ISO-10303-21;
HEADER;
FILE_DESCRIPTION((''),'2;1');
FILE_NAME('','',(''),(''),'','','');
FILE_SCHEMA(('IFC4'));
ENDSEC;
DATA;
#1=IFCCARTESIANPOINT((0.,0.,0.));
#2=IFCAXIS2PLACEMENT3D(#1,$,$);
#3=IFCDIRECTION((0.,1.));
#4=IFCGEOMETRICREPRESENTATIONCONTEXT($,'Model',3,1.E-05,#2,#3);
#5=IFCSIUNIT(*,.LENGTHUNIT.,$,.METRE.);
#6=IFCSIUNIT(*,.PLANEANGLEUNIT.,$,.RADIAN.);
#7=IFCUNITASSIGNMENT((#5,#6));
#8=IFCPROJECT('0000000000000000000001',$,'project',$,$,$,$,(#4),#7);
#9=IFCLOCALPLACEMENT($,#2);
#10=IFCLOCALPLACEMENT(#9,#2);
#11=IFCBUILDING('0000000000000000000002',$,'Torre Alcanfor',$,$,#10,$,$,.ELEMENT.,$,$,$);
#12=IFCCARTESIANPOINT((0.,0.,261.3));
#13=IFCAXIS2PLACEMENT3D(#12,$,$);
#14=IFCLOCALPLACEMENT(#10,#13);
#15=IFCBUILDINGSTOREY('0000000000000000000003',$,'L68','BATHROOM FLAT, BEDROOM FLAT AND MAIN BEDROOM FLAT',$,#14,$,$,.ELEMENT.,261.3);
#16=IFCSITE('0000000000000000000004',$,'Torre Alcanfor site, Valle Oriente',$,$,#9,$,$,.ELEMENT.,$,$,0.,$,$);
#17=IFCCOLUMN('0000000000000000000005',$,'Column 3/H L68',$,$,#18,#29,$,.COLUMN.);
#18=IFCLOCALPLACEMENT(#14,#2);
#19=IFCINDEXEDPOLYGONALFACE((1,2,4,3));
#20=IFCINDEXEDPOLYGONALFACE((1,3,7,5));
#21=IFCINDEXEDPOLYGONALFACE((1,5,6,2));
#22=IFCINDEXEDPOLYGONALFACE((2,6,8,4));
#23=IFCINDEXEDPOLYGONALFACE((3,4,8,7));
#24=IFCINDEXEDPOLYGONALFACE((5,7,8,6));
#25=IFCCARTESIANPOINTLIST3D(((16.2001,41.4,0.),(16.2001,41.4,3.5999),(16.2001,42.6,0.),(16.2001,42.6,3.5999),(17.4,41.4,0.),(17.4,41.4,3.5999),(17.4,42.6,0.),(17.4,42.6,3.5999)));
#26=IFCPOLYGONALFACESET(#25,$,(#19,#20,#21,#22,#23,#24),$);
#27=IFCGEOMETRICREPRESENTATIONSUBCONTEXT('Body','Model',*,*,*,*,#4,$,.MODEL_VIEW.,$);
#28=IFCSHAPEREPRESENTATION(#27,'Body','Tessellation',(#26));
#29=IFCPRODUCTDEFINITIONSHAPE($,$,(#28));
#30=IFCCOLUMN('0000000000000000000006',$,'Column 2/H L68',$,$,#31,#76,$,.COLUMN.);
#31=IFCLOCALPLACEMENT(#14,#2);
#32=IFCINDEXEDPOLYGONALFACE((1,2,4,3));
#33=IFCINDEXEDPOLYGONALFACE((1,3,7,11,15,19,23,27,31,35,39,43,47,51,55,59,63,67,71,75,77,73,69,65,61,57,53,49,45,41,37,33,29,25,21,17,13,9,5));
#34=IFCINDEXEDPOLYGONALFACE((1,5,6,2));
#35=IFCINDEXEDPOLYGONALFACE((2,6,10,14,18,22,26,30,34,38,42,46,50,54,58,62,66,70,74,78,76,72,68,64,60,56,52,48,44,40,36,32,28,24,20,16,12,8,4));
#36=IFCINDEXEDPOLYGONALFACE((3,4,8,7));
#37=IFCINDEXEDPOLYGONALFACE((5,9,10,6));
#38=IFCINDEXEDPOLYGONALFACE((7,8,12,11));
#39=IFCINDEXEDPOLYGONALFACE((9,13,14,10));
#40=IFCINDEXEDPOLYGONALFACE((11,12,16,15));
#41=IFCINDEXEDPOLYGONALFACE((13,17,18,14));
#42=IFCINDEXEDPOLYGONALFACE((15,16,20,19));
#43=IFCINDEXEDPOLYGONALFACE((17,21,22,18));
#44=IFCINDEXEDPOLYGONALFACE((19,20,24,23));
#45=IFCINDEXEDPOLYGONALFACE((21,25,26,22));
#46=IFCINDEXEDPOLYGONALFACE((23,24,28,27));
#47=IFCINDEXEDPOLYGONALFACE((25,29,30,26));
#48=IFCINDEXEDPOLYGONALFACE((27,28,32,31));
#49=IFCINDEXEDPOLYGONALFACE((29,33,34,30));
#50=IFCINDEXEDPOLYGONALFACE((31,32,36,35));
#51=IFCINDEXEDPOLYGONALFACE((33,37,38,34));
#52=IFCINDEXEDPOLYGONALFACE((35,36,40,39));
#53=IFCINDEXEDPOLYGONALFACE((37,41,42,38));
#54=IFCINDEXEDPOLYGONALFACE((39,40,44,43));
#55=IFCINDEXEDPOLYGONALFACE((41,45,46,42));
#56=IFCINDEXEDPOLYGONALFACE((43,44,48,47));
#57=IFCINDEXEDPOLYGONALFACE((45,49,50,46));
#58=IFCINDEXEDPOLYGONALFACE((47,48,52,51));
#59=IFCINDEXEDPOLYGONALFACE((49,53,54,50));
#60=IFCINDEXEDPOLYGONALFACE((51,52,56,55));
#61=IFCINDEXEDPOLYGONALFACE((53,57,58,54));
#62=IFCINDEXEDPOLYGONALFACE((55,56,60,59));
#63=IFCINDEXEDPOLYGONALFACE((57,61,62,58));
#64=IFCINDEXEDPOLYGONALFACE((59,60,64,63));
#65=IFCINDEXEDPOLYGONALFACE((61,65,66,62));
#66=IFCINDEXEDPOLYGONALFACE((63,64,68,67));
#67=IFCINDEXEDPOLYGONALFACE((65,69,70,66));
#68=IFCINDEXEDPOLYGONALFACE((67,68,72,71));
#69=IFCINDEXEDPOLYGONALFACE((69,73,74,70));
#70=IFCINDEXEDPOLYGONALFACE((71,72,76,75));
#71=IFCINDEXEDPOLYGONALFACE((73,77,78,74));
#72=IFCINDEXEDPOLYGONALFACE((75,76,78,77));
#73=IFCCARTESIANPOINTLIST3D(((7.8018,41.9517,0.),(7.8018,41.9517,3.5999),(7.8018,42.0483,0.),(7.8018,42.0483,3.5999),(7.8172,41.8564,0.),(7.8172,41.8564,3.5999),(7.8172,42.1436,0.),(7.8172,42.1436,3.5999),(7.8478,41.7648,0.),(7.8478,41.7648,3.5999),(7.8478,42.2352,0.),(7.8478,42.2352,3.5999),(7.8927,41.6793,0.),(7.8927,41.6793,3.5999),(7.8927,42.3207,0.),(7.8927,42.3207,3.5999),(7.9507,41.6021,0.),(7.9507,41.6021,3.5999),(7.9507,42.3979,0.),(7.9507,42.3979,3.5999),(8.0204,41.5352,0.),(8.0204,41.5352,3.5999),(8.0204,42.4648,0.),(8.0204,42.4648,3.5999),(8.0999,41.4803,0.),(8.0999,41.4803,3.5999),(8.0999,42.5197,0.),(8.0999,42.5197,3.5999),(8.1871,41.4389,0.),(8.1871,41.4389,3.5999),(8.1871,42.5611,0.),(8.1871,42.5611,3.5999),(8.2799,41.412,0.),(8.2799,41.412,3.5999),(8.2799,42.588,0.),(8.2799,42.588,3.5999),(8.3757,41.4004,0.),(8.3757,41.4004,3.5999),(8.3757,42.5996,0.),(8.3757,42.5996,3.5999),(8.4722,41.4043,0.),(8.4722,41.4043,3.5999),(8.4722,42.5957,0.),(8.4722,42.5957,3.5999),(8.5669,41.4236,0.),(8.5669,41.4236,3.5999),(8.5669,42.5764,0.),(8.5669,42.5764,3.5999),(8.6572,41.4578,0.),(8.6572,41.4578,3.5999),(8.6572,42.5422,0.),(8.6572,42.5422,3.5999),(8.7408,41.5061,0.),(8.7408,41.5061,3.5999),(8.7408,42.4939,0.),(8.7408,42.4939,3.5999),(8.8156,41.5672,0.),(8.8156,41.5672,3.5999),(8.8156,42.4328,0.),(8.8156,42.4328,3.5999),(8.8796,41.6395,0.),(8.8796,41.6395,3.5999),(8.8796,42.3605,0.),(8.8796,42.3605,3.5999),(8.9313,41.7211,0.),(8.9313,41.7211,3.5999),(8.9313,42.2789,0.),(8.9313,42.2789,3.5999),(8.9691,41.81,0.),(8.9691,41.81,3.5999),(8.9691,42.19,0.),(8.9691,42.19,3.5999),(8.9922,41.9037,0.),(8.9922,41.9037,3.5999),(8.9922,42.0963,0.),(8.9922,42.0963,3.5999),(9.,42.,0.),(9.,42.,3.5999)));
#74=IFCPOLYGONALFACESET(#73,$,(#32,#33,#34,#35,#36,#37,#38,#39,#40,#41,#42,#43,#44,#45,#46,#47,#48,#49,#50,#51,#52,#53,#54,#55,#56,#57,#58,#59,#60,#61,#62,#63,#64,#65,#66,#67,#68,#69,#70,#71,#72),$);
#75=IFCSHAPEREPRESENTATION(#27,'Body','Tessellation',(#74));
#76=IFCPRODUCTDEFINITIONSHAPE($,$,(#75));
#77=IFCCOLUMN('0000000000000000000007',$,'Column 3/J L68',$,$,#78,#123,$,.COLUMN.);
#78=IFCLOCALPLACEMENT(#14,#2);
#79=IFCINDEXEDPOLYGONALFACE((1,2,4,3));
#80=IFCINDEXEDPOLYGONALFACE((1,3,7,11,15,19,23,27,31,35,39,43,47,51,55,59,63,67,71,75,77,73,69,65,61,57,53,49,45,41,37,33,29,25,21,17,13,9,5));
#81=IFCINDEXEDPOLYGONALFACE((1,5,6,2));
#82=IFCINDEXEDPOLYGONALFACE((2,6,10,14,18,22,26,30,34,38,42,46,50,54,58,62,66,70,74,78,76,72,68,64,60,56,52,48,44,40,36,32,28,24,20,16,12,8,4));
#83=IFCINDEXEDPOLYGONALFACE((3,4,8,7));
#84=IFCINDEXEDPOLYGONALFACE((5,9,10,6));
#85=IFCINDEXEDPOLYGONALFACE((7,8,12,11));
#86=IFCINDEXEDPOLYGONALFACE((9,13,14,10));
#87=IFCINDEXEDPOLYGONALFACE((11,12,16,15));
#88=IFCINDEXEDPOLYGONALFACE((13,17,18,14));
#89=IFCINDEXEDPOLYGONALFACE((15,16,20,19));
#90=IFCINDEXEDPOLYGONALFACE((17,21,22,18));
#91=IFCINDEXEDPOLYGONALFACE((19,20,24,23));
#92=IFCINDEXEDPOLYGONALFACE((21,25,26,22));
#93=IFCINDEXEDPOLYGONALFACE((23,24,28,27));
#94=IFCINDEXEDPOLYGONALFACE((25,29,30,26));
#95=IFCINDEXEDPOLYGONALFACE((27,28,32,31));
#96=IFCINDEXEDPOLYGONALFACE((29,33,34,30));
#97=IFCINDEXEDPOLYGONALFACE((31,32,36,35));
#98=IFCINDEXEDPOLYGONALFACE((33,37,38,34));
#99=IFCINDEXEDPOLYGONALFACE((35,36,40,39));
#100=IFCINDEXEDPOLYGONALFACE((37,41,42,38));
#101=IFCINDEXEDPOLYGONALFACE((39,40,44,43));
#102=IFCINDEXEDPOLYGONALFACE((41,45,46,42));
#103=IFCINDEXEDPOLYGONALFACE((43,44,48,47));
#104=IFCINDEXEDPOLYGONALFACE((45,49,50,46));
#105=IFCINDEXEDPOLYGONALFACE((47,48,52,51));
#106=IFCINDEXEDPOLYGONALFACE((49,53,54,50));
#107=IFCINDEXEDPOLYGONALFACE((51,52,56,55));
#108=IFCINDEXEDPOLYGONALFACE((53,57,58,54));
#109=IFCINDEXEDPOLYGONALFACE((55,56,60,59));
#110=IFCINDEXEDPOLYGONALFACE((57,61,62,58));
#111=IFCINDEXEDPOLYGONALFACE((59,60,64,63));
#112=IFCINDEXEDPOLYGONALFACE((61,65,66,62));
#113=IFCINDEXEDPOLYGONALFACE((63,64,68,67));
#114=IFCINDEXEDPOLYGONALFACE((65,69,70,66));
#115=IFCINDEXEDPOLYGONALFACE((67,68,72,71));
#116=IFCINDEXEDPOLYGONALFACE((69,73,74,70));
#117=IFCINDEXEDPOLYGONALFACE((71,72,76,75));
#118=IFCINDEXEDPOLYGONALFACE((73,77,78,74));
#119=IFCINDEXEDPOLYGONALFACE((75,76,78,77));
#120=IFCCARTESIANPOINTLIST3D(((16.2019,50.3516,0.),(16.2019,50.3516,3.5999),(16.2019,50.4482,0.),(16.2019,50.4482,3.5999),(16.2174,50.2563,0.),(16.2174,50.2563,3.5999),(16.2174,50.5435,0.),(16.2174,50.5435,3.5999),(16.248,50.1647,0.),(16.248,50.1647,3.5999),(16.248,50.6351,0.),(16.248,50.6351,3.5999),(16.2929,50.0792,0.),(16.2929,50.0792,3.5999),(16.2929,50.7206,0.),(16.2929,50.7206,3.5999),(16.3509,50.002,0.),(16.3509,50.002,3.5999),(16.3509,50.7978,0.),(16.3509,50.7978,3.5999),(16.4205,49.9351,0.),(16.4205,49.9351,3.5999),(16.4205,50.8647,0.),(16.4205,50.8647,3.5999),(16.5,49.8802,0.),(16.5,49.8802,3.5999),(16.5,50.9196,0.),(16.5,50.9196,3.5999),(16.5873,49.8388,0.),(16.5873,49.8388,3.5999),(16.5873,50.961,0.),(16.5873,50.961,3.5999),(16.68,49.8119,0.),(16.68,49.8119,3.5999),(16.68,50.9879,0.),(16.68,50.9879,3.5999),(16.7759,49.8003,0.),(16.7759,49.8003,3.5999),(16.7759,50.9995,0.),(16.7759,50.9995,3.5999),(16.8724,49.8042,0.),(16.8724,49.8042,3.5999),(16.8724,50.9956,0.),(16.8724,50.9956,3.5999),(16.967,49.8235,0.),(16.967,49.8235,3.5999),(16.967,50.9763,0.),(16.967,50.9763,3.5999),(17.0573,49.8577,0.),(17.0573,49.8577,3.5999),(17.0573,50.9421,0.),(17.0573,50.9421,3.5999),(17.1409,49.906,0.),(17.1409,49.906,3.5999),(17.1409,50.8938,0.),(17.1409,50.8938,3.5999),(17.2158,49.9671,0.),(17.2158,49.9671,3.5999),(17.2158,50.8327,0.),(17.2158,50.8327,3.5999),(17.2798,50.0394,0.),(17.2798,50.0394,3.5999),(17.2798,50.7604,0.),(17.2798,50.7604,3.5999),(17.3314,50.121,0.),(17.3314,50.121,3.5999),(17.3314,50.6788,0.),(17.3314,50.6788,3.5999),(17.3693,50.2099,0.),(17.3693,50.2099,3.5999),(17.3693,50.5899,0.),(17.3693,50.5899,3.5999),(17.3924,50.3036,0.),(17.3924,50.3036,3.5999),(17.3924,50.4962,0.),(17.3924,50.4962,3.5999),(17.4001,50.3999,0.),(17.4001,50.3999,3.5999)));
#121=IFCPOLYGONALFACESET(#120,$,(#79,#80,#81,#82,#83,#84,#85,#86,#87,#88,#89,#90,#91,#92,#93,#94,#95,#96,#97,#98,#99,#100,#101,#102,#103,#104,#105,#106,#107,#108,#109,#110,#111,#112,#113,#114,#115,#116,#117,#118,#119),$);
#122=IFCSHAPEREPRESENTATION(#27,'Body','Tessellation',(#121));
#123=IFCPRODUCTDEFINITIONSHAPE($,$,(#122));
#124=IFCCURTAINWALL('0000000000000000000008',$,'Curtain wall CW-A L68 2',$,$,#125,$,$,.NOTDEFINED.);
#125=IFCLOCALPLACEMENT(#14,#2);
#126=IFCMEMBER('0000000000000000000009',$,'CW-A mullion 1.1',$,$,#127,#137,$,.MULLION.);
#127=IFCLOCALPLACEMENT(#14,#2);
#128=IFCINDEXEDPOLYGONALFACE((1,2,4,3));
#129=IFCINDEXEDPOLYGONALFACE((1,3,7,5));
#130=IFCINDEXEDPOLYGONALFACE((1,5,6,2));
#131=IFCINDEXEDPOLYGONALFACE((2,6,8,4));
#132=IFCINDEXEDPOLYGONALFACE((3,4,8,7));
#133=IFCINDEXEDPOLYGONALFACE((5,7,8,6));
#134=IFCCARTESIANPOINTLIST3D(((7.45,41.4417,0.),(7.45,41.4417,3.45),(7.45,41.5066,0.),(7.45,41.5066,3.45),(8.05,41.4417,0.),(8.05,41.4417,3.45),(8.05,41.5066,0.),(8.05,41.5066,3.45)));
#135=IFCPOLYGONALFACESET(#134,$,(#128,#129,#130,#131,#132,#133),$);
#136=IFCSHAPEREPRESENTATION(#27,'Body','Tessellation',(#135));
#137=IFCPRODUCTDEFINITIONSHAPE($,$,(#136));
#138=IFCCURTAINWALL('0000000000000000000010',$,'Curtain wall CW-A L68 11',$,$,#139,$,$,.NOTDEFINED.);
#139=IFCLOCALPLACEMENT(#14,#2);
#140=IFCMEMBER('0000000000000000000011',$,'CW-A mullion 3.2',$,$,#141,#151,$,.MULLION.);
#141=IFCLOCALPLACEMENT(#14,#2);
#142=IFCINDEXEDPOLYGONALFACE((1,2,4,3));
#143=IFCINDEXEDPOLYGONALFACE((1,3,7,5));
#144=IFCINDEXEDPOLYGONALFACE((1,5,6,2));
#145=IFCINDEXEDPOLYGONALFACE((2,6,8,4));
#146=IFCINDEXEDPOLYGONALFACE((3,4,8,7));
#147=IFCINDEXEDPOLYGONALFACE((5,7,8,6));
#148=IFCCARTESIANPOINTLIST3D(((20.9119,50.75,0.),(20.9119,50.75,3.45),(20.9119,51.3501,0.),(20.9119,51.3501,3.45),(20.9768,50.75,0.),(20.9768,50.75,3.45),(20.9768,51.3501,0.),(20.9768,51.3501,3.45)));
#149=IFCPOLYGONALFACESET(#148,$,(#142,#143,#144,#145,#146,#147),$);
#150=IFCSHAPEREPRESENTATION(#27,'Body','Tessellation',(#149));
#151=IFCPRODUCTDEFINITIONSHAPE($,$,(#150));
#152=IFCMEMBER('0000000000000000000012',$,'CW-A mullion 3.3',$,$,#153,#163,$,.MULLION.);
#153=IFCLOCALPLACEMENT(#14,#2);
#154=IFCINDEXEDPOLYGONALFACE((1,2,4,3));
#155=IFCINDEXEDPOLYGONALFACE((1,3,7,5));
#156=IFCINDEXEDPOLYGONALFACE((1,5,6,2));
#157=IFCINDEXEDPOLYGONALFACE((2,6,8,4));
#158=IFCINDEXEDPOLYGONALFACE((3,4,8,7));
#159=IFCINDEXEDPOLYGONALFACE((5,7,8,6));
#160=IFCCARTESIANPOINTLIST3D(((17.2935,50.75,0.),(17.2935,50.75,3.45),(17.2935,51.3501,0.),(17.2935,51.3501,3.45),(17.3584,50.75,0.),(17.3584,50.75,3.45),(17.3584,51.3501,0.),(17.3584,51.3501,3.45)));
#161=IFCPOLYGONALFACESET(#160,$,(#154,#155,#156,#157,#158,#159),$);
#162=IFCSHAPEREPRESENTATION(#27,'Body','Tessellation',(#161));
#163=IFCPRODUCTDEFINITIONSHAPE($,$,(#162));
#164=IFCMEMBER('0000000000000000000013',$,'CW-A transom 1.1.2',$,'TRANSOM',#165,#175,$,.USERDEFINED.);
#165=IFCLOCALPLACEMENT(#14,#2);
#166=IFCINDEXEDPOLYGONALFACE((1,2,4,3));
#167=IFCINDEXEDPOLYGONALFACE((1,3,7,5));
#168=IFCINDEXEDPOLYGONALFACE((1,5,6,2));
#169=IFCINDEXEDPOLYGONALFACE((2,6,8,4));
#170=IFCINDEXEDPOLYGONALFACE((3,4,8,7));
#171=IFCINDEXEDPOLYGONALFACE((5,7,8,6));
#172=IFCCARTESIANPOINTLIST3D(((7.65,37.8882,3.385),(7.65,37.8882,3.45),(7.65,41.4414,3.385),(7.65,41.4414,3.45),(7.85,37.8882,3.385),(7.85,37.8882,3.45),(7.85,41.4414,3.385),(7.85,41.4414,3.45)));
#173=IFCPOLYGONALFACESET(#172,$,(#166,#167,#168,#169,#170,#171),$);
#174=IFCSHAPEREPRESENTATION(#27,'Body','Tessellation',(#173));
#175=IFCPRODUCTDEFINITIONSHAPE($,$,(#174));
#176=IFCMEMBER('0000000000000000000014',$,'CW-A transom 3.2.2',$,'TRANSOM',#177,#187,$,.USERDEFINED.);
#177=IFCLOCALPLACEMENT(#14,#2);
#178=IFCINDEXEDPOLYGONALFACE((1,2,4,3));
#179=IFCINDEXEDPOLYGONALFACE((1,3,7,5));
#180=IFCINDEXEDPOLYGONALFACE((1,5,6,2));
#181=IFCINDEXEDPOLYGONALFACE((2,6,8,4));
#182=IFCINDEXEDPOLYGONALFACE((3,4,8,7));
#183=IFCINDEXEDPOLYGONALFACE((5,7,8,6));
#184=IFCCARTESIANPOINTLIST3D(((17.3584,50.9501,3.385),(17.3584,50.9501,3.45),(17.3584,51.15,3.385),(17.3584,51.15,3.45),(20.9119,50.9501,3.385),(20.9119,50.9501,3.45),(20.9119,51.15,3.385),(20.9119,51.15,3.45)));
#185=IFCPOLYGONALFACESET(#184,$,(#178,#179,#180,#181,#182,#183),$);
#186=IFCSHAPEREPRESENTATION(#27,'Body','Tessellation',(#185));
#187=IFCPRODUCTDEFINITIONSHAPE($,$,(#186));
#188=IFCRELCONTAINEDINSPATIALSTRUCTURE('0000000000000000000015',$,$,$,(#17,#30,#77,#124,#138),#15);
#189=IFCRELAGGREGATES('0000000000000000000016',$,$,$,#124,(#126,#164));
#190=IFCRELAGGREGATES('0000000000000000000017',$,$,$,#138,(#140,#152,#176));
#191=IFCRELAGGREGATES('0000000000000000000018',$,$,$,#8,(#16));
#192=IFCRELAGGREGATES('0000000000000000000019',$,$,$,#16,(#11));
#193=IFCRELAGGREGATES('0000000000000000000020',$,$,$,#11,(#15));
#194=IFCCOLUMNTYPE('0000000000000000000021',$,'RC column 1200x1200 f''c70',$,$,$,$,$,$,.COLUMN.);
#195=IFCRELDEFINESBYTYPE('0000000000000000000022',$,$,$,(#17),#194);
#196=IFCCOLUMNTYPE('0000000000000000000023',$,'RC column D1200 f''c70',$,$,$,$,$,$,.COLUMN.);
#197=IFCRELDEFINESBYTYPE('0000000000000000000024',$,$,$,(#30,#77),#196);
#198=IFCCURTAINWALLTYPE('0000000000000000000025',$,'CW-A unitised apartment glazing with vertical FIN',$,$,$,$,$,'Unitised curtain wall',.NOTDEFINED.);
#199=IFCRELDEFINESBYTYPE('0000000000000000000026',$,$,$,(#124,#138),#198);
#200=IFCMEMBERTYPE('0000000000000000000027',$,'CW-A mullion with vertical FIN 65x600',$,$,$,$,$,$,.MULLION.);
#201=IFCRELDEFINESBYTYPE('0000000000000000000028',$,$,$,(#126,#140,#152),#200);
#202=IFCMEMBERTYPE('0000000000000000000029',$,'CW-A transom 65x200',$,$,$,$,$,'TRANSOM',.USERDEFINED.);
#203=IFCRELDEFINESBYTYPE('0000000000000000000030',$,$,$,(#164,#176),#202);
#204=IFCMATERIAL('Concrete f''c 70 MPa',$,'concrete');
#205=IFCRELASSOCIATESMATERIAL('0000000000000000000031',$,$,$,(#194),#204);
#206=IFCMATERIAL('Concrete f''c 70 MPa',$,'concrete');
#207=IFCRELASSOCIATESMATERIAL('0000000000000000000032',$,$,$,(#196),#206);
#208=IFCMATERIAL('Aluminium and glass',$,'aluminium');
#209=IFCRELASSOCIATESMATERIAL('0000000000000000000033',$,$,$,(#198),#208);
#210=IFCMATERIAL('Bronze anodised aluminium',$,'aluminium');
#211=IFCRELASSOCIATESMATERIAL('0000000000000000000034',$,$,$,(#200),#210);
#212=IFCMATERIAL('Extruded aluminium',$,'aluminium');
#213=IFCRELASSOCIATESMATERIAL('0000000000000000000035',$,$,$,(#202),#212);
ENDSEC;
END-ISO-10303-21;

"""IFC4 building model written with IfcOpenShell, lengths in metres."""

from ifc_helpers import new_model, si_unit, direction, frame, origin, origin_2d, place, context, subcontext, project, spatial, rectangle, circle, extrude, material, material_profile, profile_set, type_object, element, aggregate, save


model = new_model("IFC4")

# Units and contexts
model_context = context("Model", 3, precision=1e-05, world=origin(), true_north=direction((0.0, 1.0)))
body_context = subcontext(model_context, "Body", "Model", "MODEL_VIEW")
ifc_project = project(units=[si_unit("LENGTHUNIT", "METRE"), si_unit("PLANEANGLEUNIT", "RADIAN")], contexts=[model_context])

# Site, building, storey
site_placement = place(None, origin())
site = spatial("IfcSite", under=ifc_project, at=site_placement, Name="Torre Alcanfor site, Valle Oriente", CompositionType="ELEMENT", RefElevation=0.0)
building_placement = place(site_placement, origin())
building = spatial("IfcBuilding", under=site, at=building_placement, Name="Torre Alcanfor", CompositionType="ELEMENT")
storey_placement = place(building_placement, frame((0.0, 0.0, 261.3)))
storey = spatial("IfcBuildingStorey", under=building, at=storey_placement, Name="L68", Description="BATHROOM FLAT, BEDROOM FLAT AND MAIN BEDROOM FLAT", CompositionType="ELEMENT", Elevation=261.3)

# Columns
ifc_material_1 = material(Name="Concrete f'c 70 MPa", Category="concrete")
ifc_material_profile_1 = material_profile(ifc_material_1, rectangle(XDim=1.2, YDim=1.2, at=origin_2d()), Name="1200x1200")
ifc_profile_set_1 = profile_set([ifc_material_profile_1], Name="Concrete f'c 70 MPa")
column_type_1 = type_object("IfcColumnType", Name="RC column 1200x1200 f'c70", PredefinedType="COLUMN", material=ifc_profile_set_1)
column_placement = place(storey_placement, frame((16.8, 42.0, 0.0), z_axis=(0.0, 0.0, 1.0), x_axis=(1.0, 0.0, 0.0)))
element("IfcColumn", 1, at=column_placement, inside=storey, type_object=column_type_1, Name="Column 3/H L68", PredefinedType="COLUMN", context=body_context, shape_type="SweptSolid", body=[
    extrude(rectangle(XDim=1.2, YDim=1.2, at=origin_2d()), origin(), (0.0, 0.0, 1.0), 3.5999),
])
ifc_material_2 = material(Name="Concrete f'c 70 MPa", Category="concrete")
ifc_material_profile_2 = material_profile(ifc_material_2, circle(Radius=0.6001, at=origin_2d()), Name="D1200")
ifc_profile_set_2 = profile_set([ifc_material_profile_2], Name="Concrete f'c 70 MPa")
column_type_2 = type_object("IfcColumnType", Name="RC column D1200 f'c70", PredefinedType="COLUMN", material=ifc_profile_set_2)
for number, where, z_axis, x_axis, name in (
    (2, (8.3999, 42.0, 0.0), (0.0, 0.0, 1.0), (1.0, 0.0, 0.0), "Column 2/H L68"),
    (3, (16.8, 50.3999, 0.0), (0.0, 0.0, 1.0), (1.0, 0.0, 0.0), "Column 3/J L68"),
):
    element("IfcColumn", number, at=place(storey_placement, frame(where, z_axis=z_axis, x_axis=x_axis)), inside=storey, type_object=column_type_2, Name=name, PredefinedType="COLUMN", context=body_context, shape_type="SweptSolid", body=[
        extrude(circle(Radius=0.6001, at=origin_2d()), origin(), (0.0, 0.0, 1.0), 3.5999),
    ])

# Curtain wall, member
ifc_material_3 = material(Name="Aluminium and glass", Category="aluminium")
curtain_wall_type = type_object("IfcCurtainWallType", Name="CW-A unitised apartment glazing with vertical FIN", ElementType="Unitised curtain wall", PredefinedType="NOTDEFINED", material=ifc_material_3)
curtain_wall_1_placement = place(storey_placement, origin())
curtain_wall_1 = element("IfcCurtainWall", 4, at=curtain_wall_1_placement, inside=storey, type_object=curtain_wall_type, Name="Curtain wall CW-A L68 2", PredefinedType="NOTDEFINED")
ifc_material_4 = material(Name="Bronze anodised aluminium", Category="aluminium")
ifc_material_profile_3 = material_profile(ifc_material_4, rectangle(XDim=0.6001, YDim=0.0649, at=origin_2d()), Name="CW-A mullion 65x600")
ifc_profile_set_3 = profile_set([ifc_material_profile_3], Name="Bronze anodised aluminium")
member_type_1 = type_object("IfcMemberType", Name="CW-A mullion with vertical FIN 65x600", PredefinedType="MULLION", material=ifc_profile_set_3)
member_1_placement = place(storey_placement, frame((7.75, 41.4741, 0.0), z_axis=(0.0, 0.0, 1.0), x_axis=(1.0, 0.0, 0.0)))
member_1 = element("IfcMember", 5, at=member_1_placement, type_object=member_type_1, Name="CW-A mullion 1.1", PredefinedType="MULLION", context=body_context, shape_type="SweptSolid", body=[
    extrude(rectangle(XDim=0.6001, YDim=0.0649, at=origin_2d()), origin(), (0.0, 0.0, 1.0), 3.45),
])

# Curtain wall, members
curtain_wall_2_placement = place(storey_placement, origin())
curtain_wall_2 = element("IfcCurtainWall", 6, at=curtain_wall_2_placement, inside=storey, type_object=curtain_wall_type, Name="Curtain wall CW-A L68 11", PredefinedType="NOTDEFINED")
member_2_placement = place(storey_placement, frame((20.9443, 51.05, 0.0), z_axis=(0.0, 0.0, 1.0), x_axis=(0.0, -1.0, 0.0)))
member_2 = element("IfcMember", 7, at=member_2_placement, type_object=member_type_1, Name="CW-A mullion 3.2", PredefinedType="MULLION", context=body_context, shape_type="SweptSolid", body=[
    extrude(rectangle(XDim=0.6001, YDim=0.0649, at=origin_2d()), origin(), (0.0, 0.0, 1.0), 3.45),
])
member_3_placement = place(storey_placement, frame((17.3259, 51.05, 0.0), z_axis=(0.0, 0.0, 1.0), x_axis=(0.0, -1.0, 0.0)))
member_3 = element("IfcMember", 8, at=member_3_placement, type_object=member_type_1, Name="CW-A mullion 3.3", PredefinedType="MULLION", context=body_context, shape_type="SweptSolid", body=[
    extrude(rectangle(XDim=0.6001, YDim=0.0649, at=origin_2d()), origin(), (0.0, 0.0, 1.0), 3.45),
])

# Members
ifc_material_5 = material(Name="Extruded aluminium", Category="aluminium")
ifc_material_profile_4 = material_profile(ifc_material_5, rectangle(XDim=0.2, YDim=0.0649, at=origin_2d()), Name="CW-A transom 200x65")
ifc_profile_set_4 = profile_set([ifc_material_profile_4], Name="Extruded aluminium")
member_type_2 = type_object("IfcMemberType", Name="CW-A transom 65x200", ElementType="TRANSOM", PredefinedType="USERDEFINED", material=ifc_profile_set_4)
member_4_placement = place(storey_placement, frame((7.75, 41.4414, 3.4175), z_axis=(0.0, -1.0, 0.0), x_axis=(1.0, 0.0, 0.0)))
member_4 = element("IfcMember", 9, at=member_4_placement, type_object=member_type_2, Name="CW-A transom 1.1.2", ObjectType="TRANSOM", PredefinedType="USERDEFINED", context=body_context, shape_type="SweptSolid", body=[
    extrude(rectangle(XDim=0.2, YDim=0.0649, at=origin_2d()), origin(), (0.0, 0.0, 1.0), 3.5532),
])
member_5_placement = place(storey_placement, frame((20.9119, 51.05, 3.4175), z_axis=(-1.0, 0.0, 0.0), x_axis=(0.0, -1.0, 0.0)))
member_5 = element("IfcMember", 10, at=member_5_placement, type_object=member_type_2, Name="CW-A transom 3.2.2", ObjectType="TRANSOM", PredefinedType="USERDEFINED", context=body_context, shape_type="SweptSolid", body=[
    extrude(rectangle(XDim=0.2, YDim=0.0649, at=origin_2d()), origin(), (0.0, 0.0, 1.0), 3.5535),
])

aggregate(curtain_wall_1, [member_1, member_4])
aggregate(curtain_wall_2, [member_2, member_3, member_5])

save(model, "model.ifc")
